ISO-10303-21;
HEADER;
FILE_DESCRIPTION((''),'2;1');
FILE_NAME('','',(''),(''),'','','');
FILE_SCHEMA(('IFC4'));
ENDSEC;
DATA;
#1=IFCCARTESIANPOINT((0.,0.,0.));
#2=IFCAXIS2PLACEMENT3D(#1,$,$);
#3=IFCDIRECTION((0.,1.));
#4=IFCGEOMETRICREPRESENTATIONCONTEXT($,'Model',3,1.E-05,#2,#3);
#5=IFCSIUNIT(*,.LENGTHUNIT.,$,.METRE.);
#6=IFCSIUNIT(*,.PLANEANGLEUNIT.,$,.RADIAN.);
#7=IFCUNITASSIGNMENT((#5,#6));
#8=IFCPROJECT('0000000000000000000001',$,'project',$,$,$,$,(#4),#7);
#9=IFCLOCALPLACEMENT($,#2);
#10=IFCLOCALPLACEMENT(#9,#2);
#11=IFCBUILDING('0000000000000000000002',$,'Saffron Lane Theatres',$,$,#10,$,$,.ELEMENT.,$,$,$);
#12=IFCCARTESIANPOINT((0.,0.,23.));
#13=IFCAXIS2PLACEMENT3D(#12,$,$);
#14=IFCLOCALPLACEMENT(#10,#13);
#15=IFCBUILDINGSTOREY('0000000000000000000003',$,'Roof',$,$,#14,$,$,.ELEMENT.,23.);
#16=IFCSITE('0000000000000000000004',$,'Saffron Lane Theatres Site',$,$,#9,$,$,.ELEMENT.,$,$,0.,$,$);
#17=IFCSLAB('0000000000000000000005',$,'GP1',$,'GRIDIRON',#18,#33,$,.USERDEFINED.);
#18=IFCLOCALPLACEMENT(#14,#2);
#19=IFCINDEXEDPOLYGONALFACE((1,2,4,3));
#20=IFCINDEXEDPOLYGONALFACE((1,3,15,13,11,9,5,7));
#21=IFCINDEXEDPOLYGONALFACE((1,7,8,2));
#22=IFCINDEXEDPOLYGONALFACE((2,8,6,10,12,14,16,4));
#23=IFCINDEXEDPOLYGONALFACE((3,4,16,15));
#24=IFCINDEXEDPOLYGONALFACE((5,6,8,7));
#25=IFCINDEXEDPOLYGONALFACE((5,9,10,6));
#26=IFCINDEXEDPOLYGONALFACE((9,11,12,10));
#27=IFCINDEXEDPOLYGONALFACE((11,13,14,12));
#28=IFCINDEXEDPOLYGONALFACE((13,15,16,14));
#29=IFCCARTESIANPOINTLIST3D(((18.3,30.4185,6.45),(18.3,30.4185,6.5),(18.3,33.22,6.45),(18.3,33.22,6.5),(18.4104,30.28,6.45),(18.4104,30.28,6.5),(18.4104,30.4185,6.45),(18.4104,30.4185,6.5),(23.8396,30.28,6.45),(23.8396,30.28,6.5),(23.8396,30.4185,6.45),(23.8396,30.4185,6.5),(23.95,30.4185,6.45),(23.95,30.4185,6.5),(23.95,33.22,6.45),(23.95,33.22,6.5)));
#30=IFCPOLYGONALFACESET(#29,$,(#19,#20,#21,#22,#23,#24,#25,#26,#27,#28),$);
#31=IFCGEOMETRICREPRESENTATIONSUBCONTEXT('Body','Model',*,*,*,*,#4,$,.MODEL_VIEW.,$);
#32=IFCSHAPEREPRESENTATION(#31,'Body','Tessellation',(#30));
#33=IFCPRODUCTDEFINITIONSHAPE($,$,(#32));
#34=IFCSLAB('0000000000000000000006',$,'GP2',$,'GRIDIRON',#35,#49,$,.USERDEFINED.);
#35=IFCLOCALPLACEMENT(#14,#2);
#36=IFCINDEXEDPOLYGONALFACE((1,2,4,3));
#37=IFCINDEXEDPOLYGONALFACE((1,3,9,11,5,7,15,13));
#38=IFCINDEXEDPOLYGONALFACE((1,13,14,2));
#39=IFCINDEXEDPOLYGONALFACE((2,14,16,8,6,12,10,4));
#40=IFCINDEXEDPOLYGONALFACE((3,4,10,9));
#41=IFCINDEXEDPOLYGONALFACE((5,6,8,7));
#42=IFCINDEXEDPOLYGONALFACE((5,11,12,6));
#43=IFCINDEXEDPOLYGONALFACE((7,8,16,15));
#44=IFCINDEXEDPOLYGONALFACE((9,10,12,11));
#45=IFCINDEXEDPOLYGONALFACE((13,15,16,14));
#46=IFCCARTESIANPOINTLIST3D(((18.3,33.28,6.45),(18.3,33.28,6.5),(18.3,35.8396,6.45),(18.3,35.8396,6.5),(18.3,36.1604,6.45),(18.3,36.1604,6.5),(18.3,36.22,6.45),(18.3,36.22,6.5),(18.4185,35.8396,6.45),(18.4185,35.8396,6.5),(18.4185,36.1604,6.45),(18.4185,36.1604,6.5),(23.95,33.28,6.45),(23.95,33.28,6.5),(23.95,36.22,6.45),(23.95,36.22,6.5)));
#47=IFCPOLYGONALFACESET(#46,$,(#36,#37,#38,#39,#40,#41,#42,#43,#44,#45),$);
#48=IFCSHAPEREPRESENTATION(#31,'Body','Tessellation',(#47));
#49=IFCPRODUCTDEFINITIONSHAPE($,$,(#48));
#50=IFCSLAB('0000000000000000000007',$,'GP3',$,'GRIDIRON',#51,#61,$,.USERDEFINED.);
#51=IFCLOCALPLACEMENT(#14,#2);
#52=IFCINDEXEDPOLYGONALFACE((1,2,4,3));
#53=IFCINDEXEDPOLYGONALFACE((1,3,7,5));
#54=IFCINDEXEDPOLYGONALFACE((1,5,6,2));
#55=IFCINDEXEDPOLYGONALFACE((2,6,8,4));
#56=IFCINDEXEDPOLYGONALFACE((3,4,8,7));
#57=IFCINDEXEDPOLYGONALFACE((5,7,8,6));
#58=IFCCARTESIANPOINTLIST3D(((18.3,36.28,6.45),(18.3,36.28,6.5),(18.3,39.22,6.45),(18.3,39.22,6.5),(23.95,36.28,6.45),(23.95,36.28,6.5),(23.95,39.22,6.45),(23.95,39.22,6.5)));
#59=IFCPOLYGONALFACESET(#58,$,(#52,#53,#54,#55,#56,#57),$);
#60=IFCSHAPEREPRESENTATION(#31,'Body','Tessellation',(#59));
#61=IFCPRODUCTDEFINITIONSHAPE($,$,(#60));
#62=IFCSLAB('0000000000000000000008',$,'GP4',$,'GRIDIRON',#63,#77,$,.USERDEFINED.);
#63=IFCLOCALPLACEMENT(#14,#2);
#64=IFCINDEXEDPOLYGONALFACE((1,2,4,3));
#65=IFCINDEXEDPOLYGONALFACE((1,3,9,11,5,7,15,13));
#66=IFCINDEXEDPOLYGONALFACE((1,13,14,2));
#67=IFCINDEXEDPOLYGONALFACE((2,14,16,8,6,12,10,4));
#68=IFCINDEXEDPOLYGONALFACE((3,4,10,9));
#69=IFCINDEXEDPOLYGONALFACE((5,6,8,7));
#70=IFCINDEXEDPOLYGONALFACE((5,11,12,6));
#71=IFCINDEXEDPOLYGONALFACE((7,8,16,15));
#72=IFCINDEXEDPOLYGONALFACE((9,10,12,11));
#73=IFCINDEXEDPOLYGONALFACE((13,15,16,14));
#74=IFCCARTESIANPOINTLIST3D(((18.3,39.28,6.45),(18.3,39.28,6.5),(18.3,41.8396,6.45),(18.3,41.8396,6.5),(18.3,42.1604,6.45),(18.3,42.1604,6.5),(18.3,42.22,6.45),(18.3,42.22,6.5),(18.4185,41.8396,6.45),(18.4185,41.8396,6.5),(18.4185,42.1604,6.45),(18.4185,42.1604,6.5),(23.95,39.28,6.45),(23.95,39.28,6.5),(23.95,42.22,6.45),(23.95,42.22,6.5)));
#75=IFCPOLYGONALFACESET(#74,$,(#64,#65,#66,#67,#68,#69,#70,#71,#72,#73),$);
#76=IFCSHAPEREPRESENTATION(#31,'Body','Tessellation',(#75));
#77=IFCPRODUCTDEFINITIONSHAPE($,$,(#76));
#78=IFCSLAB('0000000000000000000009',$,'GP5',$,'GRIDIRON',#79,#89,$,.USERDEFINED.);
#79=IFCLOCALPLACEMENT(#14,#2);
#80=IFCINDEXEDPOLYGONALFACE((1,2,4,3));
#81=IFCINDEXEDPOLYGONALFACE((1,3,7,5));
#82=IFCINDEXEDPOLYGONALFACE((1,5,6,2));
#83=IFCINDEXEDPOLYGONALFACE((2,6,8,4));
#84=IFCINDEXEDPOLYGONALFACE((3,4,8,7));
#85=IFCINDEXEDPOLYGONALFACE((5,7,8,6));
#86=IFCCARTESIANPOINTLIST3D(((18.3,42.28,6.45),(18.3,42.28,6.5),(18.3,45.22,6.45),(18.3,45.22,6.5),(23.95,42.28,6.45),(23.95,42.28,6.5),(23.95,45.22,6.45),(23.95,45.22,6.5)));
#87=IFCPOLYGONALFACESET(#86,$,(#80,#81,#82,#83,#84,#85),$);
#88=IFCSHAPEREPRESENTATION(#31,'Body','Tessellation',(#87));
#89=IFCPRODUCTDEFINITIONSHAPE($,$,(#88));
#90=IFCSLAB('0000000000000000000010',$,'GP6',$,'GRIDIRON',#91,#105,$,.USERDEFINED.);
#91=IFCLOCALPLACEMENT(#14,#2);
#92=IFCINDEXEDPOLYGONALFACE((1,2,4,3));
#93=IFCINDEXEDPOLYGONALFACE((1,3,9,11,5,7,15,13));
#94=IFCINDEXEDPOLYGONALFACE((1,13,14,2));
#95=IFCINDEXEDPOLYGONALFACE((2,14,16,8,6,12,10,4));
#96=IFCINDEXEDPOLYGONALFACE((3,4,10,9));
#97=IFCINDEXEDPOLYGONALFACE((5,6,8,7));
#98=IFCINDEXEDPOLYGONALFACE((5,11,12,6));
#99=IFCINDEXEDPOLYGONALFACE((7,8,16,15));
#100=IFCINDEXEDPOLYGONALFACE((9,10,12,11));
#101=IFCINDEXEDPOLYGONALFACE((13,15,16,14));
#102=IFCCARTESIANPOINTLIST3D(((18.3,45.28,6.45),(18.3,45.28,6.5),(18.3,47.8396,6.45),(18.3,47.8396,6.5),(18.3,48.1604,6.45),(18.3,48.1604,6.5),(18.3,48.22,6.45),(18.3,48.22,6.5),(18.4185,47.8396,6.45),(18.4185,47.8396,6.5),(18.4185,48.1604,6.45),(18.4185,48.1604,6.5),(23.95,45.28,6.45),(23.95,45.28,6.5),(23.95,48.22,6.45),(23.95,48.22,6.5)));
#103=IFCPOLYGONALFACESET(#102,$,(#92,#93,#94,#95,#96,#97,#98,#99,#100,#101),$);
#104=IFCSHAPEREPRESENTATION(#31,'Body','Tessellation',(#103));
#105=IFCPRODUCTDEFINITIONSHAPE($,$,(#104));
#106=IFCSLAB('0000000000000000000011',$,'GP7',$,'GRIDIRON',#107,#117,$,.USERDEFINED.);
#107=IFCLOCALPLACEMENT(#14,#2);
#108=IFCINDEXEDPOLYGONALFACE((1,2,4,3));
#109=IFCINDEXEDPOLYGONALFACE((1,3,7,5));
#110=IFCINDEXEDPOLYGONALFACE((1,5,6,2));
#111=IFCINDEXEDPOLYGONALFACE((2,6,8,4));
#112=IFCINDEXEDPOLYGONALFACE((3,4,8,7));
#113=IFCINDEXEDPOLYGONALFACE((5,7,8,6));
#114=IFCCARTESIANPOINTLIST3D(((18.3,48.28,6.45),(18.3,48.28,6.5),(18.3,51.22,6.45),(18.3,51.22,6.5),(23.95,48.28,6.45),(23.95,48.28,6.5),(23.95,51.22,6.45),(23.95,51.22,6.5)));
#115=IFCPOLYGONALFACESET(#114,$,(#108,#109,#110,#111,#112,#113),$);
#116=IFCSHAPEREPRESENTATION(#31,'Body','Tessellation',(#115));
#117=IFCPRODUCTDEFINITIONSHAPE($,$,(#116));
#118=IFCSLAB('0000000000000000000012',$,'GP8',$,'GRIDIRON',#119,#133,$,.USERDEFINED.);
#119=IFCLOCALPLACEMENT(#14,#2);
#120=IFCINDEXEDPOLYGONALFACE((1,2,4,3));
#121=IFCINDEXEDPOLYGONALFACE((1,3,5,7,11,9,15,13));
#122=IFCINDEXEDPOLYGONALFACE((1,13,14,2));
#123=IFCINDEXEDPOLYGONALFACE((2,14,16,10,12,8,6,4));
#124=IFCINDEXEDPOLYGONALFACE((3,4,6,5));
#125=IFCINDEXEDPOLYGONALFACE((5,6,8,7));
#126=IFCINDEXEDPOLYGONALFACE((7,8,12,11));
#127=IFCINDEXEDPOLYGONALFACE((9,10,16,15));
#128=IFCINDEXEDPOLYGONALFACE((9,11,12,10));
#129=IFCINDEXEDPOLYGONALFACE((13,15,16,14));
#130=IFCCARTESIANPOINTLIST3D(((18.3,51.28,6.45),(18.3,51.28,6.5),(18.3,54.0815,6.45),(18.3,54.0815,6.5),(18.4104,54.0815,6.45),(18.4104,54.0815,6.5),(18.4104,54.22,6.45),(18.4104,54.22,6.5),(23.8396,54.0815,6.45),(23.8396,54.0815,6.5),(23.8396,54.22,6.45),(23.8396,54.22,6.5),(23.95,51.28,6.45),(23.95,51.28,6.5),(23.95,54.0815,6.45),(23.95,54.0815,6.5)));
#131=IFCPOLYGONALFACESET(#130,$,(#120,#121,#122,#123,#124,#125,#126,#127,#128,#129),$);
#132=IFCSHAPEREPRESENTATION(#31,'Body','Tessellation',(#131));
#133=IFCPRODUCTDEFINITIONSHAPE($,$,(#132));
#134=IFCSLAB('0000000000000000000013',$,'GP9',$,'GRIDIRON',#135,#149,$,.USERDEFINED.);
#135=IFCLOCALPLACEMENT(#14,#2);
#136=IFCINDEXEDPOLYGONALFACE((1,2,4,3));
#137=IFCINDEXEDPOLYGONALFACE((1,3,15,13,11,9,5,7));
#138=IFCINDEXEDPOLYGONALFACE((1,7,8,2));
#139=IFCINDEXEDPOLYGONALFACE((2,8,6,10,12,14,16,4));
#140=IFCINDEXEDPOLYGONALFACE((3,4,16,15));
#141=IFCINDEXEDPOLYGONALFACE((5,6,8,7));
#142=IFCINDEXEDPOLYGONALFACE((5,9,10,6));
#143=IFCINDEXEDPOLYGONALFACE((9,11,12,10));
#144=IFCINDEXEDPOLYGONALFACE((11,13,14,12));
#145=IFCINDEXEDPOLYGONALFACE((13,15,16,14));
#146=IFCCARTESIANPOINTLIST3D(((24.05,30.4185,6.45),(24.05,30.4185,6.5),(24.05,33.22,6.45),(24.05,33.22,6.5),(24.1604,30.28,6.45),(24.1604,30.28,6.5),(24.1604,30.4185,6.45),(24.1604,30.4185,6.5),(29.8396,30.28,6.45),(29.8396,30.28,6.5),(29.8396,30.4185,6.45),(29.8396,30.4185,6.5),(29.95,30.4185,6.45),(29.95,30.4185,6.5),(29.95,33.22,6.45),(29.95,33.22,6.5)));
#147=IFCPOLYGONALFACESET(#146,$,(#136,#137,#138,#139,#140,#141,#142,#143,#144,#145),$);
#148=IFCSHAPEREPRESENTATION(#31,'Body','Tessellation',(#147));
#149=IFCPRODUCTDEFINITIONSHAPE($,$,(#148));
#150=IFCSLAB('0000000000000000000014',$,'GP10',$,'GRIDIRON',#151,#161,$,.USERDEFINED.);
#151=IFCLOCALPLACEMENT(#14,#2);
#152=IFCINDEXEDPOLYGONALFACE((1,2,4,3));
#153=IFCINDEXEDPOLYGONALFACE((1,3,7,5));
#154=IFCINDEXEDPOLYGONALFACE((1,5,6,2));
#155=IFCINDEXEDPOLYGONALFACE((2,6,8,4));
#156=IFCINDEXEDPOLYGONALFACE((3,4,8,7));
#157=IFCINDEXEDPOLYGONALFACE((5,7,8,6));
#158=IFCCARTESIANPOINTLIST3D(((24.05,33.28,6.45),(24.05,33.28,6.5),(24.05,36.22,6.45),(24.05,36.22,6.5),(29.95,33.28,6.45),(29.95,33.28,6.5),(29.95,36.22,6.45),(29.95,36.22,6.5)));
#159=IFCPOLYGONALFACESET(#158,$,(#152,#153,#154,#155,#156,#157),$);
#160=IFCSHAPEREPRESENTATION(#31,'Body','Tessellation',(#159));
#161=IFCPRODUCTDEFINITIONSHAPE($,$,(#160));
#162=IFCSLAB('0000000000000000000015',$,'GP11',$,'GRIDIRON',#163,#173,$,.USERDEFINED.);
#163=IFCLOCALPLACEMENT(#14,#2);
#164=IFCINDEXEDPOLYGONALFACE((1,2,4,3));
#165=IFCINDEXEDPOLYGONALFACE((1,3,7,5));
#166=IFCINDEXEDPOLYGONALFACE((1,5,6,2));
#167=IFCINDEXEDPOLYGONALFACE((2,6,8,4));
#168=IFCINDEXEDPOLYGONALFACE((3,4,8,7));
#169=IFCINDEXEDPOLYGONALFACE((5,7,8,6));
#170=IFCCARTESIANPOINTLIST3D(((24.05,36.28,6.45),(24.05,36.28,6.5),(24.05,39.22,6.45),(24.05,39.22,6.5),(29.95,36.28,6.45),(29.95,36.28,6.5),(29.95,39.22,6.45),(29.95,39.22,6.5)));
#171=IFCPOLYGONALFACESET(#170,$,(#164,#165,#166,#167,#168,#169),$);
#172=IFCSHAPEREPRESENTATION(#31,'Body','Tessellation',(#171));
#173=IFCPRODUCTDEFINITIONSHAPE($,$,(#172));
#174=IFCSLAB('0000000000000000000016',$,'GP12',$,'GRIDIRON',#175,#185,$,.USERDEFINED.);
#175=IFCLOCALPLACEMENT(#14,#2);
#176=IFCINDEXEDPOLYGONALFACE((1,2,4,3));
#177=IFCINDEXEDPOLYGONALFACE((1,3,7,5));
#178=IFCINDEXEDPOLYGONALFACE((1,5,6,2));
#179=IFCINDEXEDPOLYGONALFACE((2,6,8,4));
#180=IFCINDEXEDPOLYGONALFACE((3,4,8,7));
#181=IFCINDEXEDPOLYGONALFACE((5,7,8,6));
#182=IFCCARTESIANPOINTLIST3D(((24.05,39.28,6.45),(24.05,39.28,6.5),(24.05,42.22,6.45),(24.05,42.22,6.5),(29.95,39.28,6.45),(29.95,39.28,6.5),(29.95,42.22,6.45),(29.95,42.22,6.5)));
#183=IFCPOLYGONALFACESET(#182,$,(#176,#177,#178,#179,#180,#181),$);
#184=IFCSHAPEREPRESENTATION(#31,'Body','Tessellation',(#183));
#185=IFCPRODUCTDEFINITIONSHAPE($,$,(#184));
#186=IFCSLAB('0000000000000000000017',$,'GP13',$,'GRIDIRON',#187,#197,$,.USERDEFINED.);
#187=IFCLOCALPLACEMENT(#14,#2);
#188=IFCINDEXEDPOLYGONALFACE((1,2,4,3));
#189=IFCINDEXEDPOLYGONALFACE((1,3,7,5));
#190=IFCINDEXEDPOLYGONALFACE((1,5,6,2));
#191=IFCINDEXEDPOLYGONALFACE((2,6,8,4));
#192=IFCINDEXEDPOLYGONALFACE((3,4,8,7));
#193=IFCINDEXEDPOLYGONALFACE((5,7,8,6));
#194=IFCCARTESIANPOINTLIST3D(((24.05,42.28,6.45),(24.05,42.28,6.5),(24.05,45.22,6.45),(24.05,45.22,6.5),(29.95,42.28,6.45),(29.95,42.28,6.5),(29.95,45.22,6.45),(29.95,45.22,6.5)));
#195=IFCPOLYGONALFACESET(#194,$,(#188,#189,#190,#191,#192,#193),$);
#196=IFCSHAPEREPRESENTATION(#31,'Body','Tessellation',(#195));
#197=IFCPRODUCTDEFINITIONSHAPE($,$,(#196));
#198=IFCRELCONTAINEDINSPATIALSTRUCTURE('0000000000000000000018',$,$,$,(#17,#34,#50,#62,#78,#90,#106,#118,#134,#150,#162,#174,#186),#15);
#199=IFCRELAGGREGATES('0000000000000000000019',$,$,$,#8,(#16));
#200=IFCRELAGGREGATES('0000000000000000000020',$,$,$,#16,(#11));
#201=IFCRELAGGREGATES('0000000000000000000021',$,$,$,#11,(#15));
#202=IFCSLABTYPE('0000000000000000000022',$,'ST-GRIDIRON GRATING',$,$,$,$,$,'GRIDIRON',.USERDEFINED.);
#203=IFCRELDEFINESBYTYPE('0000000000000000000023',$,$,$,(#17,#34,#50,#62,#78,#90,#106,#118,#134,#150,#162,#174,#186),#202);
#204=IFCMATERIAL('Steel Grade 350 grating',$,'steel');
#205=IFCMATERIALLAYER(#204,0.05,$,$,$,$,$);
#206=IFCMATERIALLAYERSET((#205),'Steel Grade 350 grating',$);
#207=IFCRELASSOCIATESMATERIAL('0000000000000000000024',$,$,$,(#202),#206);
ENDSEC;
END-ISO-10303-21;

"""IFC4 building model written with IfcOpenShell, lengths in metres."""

from ifc_helpers import new_model, si_unit, direction, frame, origin, place, context, subcontext, project, spatial, polyline, outline, extrude, material, layer, layer_set, type_object, element, save


model = new_model("IFC4")

# Units and contexts
model_context = context("Model", 3, precision=1e-05, world=origin(), true_north=direction((0.0, 1.0)))
body_context = subcontext(model_context, "Body", "Model", "MODEL_VIEW")
ifc_project = project(units=[si_unit("LENGTHUNIT", "METRE"), si_unit("PLANEANGLEUNIT", "RADIAN")], contexts=[model_context])

# Site, building, storey
site_placement = place(None, origin())
site = spatial("IfcSite", under=ifc_project, at=site_placement, Name="Saffron Lane Theatres Site", CompositionType="ELEMENT", RefElevation=0.0)
building_placement = place(site_placement, origin())
building = spatial("IfcBuilding", under=site, at=building_placement, Name="Saffron Lane Theatres", CompositionType="ELEMENT")
storey_placement = place(building_placement, frame((0.0, 0.0, 23.0)))
storey = spatial("IfcBuildingStorey", under=building, at=storey_placement, Name="Roof", CompositionType="ELEMENT", Elevation=23.0)

# Slabs
ifc_material = material(Name="Steel Grade 350 grating", Category="steel")
ifc_layer = layer(ifc_material, 0.05)
ifc_layer_set = layer_set([ifc_layer], Name="Steel Grade 350 grating")
slab_type = type_object("IfcSlabType", Name="ST-GRIDIRON GRATING", ElementType="GRIDIRON", PredefinedType="USERDEFINED", material=ifc_layer_set)
slab_1_placement = place(storey_placement, frame((0.0, 0.0, 6.45)))
element("IfcSlab", 1, at=slab_1_placement, inside=storey, type_object=slab_type, Name="GP1", ObjectType="GRIDIRON", PredefinedType="USERDEFINED", context=body_context, shape_type="SweptSolid", body=[
    extrude(outline(polyline([(18.4104, 30.28), (18.4104, 30.4185), (18.3, 30.4185), (18.3, 33.22), (23.95, 33.22), (23.95, 30.4185), (23.8396, 30.4185), (23.8396, 30.28), (18.4104, 30.28)])), origin(), (0.0, 0.0, 1.0), 0.05),
])
slab_2_placement = place(storey_placement, frame((0.0, 0.0, 6.45)))
element("IfcSlab", 2, at=slab_2_placement, inside=storey, type_object=slab_type, Name="GP2", ObjectType="GRIDIRON", PredefinedType="USERDEFINED", context=body_context, shape_type="SweptSolid", body=[
    extrude(outline(polyline([(18.4185, 36.1604), (18.3, 36.1604), (18.3, 36.22), (23.95, 36.22), (23.95, 33.28), (18.3, 33.28), (18.3, 35.8396), (18.4185, 35.8396), (18.4185, 36.1604)])), origin(), (0.0, 0.0, 1.0), 0.05),
])
slab_3_placement = place(storey_placement, frame((0.0, 0.0, 6.45)))
element("IfcSlab", 3, at=slab_3_placement, inside=storey, type_object=slab_type, Name="GP3", ObjectType="GRIDIRON", PredefinedType="USERDEFINED", context=body_context, shape_type="SweptSolid", body=[
    extrude(outline(polyline([(23.95, 36.28), (18.3, 36.28), (18.3, 39.22), (23.95, 39.22), (23.95, 36.28)])), origin(), (0.0, 0.0, 1.0), 0.05),
])
slab_4_placement = place(storey_placement, frame((0.0, 0.0, 6.45)))
element("IfcSlab", 4, at=slab_4_placement, inside=storey, type_object=slab_type, Name="GP4", ObjectType="GRIDIRON", PredefinedType="USERDEFINED", context=body_context, shape_type="SweptSolid", body=[
    extrude(outline(polyline([(23.95, 39.28), (18.3, 39.28), (18.3, 41.8396), (18.4185, 41.8396), (18.4185, 42.1604), (18.3, 42.1604), (18.3, 42.22), (23.95, 42.22), (23.95, 39.28)])), origin(), (0.0, 0.0, 1.0), 0.05),
])
slab_5_placement = place(storey_placement, frame((0.0, 0.0, 6.45)))
element("IfcSlab", 5, at=slab_5_placement, inside=storey, type_object=slab_type, Name="GP5", ObjectType="GRIDIRON", PredefinedType="USERDEFINED", context=body_context, shape_type="SweptSolid", body=[
    extrude(outline(polyline([(23.95, 42.28), (18.3, 42.28), (18.3, 45.22), (23.95, 45.22), (23.95, 42.28)])), origin(), (0.0, 0.0, 1.0), 0.05),
])
slab_6_placement = place(storey_placement, frame((0.0, 0.0, 6.45)))
element("IfcSlab", 6, at=slab_6_placement, inside=storey, type_object=slab_type, Name="GP6", ObjectType="GRIDIRON", PredefinedType="USERDEFINED", context=body_context, shape_type="SweptSolid", body=[
    extrude(outline(polyline([(23.95, 45.28), (18.3, 45.28), (18.3, 47.8396), (18.4185, 47.8396), (18.4185, 48.1604), (18.3, 48.1604), (18.3, 48.22), (23.95, 48.22), (23.95, 45.28)])), origin(), (0.0, 0.0, 1.0), 0.05),
])
slab_7_placement = place(storey_placement, frame((0.0, 0.0, 6.45)))
element("IfcSlab", 7, at=slab_7_placement, inside=storey, type_object=slab_type, Name="GP7", ObjectType="GRIDIRON", PredefinedType="USERDEFINED", context=body_context, shape_type="SweptSolid", body=[
    extrude(outline(polyline([(23.95, 48.28), (18.3, 48.28), (18.3, 51.22), (23.95, 51.22), (23.95, 48.28)])), origin(), (0.0, 0.0, 1.0), 0.05),
])
slab_8_placement = place(storey_placement, frame((0.0, 0.0, 6.45)))
element("IfcSlab", 8, at=slab_8_placement, inside=storey, type_object=slab_type, Name="GP8", ObjectType="GRIDIRON", PredefinedType="USERDEFINED", context=body_context, shape_type="SweptSolid", body=[
    extrude(outline(polyline([(23.95, 51.28), (18.3, 51.28), (18.3, 54.0815), (18.4104, 54.0815), (18.4104, 54.22), (23.8396, 54.22), (23.8396, 54.0815), (23.95, 54.0815), (23.95, 51.28)])), origin(), (0.0, 0.0, 1.0), 0.05),
])
slab_9_placement = place(storey_placement, frame((0.0, 0.0, 6.45)))
element("IfcSlab", 9, at=slab_9_placement, inside=storey, type_object=slab_type, Name="GP9", ObjectType="GRIDIRON", PredefinedType="USERDEFINED", context=body_context, shape_type="SweptSolid", body=[
    extrude(outline(polyline([(24.1604, 30.4185), (24.05, 30.4185), (24.05, 33.22), (29.95, 33.22), (29.95, 30.4185), (29.8396, 30.4185), (29.8396, 30.28), (24.1604, 30.28), (24.1604, 30.4185)])), origin(), (0.0, 0.0, 1.0), 0.05),
])
slab_10_placement = place(storey_placement, frame((0.0, 0.0, 6.45)))
element("IfcSlab", 10, at=slab_10_placement, inside=storey, type_object=slab_type, Name="GP10", ObjectType="GRIDIRON", PredefinedType="USERDEFINED", context=body_context, shape_type="SweptSolid", body=[
    extrude(outline(polyline([(29.95, 33.28), (24.05, 33.28), (24.05, 36.22), (29.95, 36.22), (29.95, 33.28)])), origin(), (0.0, 0.0, 1.0), 0.05),
])
slab_11_placement = place(storey_placement, frame((0.0, 0.0, 6.45)))
element("IfcSlab", 11, at=slab_11_placement, inside=storey, type_object=slab_type, Name="GP11", ObjectType="GRIDIRON", PredefinedType="USERDEFINED", context=body_context, shape_type="SweptSolid", body=[
    extrude(outline(polyline([(29.95, 36.28), (24.05, 36.28), (24.05, 39.22), (29.95, 39.22), (29.95, 36.28)])), origin(), (0.0, 0.0, 1.0), 0.05),
])
slab_12_placement = place(storey_placement, frame((0.0, 0.0, 6.45)))
element("IfcSlab", 12, at=slab_12_placement, inside=storey, type_object=slab_type, Name="GP12", ObjectType="GRIDIRON", PredefinedType="USERDEFINED", context=body_context, shape_type="SweptSolid", body=[
    extrude(outline(polyline([(29.95, 39.28), (24.05, 39.28), (24.05, 42.22), (29.95, 42.22), (29.95, 39.28)])), origin(), (0.0, 0.0, 1.0), 0.05),
])
slab_13_placement = place(storey_placement, frame((0.0, 0.0, 6.45)))
element("IfcSlab", 13, at=slab_13_placement, inside=storey, type_object=slab_type, Name="GP13", ObjectType="GRIDIRON", PredefinedType="USERDEFINED", context=body_context, shape_type="SweptSolid", body=[
    extrude(outline(polyline([(29.95, 42.28), (24.05, 42.28), (24.05, 45.22), (29.95, 45.22), (29.95, 42.28)])), origin(), (0.0, 0.0, 1.0), 0.05),
])

save(model, "model.ifc")
